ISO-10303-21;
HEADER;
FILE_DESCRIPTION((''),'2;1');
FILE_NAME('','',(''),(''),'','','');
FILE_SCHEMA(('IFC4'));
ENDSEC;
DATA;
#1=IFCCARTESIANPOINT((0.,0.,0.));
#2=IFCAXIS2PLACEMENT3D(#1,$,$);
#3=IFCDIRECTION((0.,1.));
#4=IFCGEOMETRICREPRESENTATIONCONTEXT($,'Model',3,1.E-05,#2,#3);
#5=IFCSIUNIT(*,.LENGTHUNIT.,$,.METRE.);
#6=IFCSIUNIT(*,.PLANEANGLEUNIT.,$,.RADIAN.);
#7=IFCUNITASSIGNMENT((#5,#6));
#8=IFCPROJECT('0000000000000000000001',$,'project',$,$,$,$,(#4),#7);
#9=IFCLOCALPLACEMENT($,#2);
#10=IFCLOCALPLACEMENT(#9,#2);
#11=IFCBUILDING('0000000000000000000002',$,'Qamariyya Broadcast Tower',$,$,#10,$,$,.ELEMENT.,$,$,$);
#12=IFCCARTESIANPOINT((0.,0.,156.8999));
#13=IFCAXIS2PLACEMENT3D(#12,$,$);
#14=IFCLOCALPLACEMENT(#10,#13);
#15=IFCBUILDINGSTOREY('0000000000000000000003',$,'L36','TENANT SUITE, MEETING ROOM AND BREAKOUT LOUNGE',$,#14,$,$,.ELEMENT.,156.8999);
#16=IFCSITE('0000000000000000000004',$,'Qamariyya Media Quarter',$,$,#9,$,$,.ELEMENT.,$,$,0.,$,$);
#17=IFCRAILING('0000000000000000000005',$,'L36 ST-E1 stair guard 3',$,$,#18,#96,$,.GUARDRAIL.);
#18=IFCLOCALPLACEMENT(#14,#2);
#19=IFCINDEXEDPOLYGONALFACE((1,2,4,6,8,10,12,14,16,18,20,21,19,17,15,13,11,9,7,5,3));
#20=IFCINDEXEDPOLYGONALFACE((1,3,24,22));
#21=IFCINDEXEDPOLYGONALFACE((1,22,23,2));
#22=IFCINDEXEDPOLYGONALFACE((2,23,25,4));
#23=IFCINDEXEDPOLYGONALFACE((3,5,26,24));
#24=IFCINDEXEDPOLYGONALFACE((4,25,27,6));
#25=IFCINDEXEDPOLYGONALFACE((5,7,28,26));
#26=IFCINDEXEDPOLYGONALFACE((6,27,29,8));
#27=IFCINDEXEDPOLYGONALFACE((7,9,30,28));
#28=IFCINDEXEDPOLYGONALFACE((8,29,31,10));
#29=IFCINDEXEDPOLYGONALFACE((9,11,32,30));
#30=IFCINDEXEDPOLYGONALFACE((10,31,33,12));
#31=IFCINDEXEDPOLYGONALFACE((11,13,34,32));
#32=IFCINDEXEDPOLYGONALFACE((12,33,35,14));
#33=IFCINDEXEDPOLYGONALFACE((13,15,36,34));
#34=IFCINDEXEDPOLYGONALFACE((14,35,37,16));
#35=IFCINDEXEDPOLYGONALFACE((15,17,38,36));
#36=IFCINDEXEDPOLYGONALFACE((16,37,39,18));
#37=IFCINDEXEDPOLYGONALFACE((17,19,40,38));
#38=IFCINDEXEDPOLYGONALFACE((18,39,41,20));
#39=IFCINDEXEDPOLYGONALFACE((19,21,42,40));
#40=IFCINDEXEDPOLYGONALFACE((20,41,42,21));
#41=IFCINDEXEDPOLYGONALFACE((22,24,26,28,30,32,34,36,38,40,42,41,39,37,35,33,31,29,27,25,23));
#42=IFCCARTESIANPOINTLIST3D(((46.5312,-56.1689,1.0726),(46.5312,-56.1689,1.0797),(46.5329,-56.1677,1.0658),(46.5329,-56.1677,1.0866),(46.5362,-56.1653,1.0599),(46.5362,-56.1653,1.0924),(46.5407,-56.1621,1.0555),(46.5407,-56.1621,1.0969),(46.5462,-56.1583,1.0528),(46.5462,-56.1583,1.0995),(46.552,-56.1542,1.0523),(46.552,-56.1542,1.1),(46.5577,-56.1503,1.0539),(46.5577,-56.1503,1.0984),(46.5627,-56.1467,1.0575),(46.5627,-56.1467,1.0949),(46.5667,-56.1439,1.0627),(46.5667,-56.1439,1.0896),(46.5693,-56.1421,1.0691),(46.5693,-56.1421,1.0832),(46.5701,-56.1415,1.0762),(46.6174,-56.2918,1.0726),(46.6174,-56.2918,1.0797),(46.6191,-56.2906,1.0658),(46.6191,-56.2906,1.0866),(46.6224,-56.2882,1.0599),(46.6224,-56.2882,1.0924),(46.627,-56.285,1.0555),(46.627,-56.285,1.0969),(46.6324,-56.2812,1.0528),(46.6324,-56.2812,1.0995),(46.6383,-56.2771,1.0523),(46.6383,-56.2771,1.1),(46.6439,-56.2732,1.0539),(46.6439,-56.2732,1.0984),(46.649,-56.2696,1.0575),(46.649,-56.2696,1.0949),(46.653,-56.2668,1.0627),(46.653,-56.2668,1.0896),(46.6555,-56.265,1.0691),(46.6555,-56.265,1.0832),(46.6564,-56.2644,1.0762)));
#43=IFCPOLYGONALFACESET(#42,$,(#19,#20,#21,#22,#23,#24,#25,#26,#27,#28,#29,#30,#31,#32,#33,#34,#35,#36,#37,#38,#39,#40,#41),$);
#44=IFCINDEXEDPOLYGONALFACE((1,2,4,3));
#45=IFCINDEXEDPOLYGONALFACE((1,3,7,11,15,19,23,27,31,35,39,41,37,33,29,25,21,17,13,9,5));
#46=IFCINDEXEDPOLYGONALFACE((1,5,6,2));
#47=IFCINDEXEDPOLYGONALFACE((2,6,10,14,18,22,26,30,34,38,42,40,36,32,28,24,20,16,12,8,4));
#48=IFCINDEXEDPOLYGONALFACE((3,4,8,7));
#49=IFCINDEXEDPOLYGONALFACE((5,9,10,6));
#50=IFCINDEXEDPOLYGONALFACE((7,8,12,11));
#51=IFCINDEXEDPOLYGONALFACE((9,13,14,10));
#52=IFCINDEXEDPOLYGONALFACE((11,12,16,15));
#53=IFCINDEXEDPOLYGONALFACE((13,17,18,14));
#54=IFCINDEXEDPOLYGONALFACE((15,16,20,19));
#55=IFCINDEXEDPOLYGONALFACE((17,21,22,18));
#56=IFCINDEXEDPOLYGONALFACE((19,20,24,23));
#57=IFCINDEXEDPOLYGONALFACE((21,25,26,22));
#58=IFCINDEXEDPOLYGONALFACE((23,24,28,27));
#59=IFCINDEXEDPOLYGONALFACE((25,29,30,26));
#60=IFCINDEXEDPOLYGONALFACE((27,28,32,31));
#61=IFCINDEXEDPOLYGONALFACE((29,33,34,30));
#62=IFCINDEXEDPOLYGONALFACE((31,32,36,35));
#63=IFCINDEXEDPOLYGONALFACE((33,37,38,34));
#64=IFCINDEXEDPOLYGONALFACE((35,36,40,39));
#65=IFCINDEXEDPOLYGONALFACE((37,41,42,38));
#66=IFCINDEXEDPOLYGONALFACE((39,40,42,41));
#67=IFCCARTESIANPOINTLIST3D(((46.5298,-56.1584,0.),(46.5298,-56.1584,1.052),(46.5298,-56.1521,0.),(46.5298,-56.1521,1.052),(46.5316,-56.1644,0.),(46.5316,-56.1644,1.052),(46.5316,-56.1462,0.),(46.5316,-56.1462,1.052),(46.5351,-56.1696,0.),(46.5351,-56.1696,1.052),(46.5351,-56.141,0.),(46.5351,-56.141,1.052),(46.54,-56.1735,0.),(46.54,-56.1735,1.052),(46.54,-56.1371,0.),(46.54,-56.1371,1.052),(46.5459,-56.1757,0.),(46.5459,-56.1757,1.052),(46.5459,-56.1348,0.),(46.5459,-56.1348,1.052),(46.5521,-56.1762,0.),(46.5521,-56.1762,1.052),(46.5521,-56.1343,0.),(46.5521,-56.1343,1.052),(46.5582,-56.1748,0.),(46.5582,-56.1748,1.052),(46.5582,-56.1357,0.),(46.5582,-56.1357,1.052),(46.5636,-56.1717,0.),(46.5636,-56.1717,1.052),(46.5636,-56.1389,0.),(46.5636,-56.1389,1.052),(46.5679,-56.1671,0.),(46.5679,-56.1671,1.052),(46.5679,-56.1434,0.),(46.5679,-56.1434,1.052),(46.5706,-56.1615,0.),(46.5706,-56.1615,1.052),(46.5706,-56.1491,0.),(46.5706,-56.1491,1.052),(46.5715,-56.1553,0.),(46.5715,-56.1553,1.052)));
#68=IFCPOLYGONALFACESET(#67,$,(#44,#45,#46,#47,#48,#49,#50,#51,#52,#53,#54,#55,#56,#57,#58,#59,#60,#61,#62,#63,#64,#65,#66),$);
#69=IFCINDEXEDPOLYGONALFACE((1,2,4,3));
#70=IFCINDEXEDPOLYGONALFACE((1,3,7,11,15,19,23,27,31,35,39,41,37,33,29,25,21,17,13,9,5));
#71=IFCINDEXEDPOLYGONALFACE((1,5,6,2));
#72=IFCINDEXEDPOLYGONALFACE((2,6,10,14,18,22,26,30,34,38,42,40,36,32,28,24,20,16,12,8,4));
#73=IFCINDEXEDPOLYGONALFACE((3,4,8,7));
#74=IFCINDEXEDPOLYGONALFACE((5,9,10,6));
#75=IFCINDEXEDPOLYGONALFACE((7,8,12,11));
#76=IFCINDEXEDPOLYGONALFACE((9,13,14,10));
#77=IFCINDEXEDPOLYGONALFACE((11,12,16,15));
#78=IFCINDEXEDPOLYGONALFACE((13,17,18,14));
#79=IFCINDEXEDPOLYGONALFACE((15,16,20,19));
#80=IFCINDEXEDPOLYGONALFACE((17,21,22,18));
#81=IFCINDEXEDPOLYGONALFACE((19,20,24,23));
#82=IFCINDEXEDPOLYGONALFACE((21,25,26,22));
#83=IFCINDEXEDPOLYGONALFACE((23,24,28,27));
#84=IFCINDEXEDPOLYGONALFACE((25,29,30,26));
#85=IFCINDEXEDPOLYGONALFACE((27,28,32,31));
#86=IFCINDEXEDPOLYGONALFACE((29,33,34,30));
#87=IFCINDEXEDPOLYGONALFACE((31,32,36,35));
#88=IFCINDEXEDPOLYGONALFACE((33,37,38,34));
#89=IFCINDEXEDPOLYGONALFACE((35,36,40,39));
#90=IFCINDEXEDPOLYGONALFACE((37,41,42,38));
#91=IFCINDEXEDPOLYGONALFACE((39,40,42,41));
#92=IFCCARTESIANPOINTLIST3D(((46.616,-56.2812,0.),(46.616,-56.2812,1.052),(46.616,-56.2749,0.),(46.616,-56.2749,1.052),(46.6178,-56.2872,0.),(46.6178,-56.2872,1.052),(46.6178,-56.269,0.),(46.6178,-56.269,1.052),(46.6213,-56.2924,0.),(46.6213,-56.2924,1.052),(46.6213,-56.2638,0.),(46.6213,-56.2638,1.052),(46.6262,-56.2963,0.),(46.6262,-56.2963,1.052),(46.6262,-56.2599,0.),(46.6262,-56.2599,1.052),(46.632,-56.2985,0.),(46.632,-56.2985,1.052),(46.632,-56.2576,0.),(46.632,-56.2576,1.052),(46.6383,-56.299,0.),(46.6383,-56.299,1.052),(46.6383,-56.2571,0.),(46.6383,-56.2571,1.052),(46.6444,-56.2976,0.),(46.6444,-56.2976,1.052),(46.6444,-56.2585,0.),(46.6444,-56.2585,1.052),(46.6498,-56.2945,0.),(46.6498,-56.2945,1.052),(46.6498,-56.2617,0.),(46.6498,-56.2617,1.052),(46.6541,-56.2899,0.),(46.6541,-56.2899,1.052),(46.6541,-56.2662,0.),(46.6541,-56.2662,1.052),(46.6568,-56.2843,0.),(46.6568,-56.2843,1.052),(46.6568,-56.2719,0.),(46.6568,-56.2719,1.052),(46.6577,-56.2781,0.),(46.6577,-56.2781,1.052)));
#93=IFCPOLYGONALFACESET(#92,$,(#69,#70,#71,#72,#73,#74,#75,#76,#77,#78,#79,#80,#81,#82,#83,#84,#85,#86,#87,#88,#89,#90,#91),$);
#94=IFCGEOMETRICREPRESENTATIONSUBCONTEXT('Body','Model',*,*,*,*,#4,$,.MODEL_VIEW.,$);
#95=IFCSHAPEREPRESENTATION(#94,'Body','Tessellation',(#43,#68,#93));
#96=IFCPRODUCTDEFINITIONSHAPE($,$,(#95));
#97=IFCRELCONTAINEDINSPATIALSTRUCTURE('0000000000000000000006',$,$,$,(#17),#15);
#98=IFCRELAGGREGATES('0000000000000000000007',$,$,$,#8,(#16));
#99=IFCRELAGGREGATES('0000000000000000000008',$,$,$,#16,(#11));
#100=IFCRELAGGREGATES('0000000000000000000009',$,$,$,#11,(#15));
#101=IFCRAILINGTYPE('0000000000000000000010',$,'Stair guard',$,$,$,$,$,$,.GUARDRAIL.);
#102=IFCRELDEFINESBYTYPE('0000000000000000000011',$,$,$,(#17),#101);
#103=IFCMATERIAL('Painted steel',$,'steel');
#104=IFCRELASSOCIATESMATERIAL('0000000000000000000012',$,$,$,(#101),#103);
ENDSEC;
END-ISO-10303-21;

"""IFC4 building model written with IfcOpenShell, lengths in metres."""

from ifc_helpers import new_model, si_unit, direction, frame, origin, origin_2d, place, context, subcontext, project, spatial, circle, extrude, material, type_object, element, save


model = new_model("IFC4")

# Units and contexts
model_context = context("Model", 3, precision=1e-05, world=origin(), true_north=direction((0.0, 1.0)))
body_context = subcontext(model_context, "Body", "Model", "MODEL_VIEW")
ifc_project = project(units=[si_unit("LENGTHUNIT", "METRE"), si_unit("PLANEANGLEUNIT", "RADIAN")], contexts=[model_context])

# Site, building, storey
site_placement = place(None, origin())
site = spatial("IfcSite", under=ifc_project, at=site_placement, Name="Qamariyya Media Quarter", CompositionType="ELEMENT", RefElevation=0.0)
building_placement = place(site_placement, origin())
building = spatial("IfcBuilding", under=site, at=building_placement, Name="Qamariyya Broadcast Tower", CompositionType="ELEMENT")
storey_placement = place(building_placement, frame((0.0, 0.0, 156.8999)))
storey = spatial("IfcBuildingStorey", under=building, at=storey_placement, Name="L36", Description="TENANT SUITE, MEETING ROOM AND BREAKOUT LOUNGE", CompositionType="ELEMENT", Elevation=156.8999)

# Railing
ifc_material_1 = material(Name="Painted steel", Category="steel")
railing_type_1 = type_object("IfcRailingType", Name="Stair guard", PredefinedType="GUARDRAIL", material=ifc_material_1)
railing_1_placement = place(storey_placement, frame((46.5505, -56.1553, 0.0)))
element("IfcRailing", 1, at=railing_1_placement, inside=storey, type_object=railing_type_1, Name="L36 ST-E1 stair guard 3", PredefinedType="GUARDRAIL", context=body_context, shape_type="SweptSolid", body=[
    extrude(circle(Radius=0.0239, at=origin_2d()), frame((0.0, 0.0, 1.0762), z_axis=(0.574445, -0.818543, 0.0), x_axis=(0.818543, 0.574445, 0.0)), (0.0, 0.0, 1.0), 0.1501),
    extrude(circle(Radius=0.021, at=origin_2d()), origin(), (0.0, 0.0, 1.0), 1.052),
    extrude(circle(Radius=0.021, at=origin_2d()), frame((0.0862, -0.1228, 0.0)), (0.0, 0.0, 1.0), 1.052),
])

save(model, "model.ifc")
